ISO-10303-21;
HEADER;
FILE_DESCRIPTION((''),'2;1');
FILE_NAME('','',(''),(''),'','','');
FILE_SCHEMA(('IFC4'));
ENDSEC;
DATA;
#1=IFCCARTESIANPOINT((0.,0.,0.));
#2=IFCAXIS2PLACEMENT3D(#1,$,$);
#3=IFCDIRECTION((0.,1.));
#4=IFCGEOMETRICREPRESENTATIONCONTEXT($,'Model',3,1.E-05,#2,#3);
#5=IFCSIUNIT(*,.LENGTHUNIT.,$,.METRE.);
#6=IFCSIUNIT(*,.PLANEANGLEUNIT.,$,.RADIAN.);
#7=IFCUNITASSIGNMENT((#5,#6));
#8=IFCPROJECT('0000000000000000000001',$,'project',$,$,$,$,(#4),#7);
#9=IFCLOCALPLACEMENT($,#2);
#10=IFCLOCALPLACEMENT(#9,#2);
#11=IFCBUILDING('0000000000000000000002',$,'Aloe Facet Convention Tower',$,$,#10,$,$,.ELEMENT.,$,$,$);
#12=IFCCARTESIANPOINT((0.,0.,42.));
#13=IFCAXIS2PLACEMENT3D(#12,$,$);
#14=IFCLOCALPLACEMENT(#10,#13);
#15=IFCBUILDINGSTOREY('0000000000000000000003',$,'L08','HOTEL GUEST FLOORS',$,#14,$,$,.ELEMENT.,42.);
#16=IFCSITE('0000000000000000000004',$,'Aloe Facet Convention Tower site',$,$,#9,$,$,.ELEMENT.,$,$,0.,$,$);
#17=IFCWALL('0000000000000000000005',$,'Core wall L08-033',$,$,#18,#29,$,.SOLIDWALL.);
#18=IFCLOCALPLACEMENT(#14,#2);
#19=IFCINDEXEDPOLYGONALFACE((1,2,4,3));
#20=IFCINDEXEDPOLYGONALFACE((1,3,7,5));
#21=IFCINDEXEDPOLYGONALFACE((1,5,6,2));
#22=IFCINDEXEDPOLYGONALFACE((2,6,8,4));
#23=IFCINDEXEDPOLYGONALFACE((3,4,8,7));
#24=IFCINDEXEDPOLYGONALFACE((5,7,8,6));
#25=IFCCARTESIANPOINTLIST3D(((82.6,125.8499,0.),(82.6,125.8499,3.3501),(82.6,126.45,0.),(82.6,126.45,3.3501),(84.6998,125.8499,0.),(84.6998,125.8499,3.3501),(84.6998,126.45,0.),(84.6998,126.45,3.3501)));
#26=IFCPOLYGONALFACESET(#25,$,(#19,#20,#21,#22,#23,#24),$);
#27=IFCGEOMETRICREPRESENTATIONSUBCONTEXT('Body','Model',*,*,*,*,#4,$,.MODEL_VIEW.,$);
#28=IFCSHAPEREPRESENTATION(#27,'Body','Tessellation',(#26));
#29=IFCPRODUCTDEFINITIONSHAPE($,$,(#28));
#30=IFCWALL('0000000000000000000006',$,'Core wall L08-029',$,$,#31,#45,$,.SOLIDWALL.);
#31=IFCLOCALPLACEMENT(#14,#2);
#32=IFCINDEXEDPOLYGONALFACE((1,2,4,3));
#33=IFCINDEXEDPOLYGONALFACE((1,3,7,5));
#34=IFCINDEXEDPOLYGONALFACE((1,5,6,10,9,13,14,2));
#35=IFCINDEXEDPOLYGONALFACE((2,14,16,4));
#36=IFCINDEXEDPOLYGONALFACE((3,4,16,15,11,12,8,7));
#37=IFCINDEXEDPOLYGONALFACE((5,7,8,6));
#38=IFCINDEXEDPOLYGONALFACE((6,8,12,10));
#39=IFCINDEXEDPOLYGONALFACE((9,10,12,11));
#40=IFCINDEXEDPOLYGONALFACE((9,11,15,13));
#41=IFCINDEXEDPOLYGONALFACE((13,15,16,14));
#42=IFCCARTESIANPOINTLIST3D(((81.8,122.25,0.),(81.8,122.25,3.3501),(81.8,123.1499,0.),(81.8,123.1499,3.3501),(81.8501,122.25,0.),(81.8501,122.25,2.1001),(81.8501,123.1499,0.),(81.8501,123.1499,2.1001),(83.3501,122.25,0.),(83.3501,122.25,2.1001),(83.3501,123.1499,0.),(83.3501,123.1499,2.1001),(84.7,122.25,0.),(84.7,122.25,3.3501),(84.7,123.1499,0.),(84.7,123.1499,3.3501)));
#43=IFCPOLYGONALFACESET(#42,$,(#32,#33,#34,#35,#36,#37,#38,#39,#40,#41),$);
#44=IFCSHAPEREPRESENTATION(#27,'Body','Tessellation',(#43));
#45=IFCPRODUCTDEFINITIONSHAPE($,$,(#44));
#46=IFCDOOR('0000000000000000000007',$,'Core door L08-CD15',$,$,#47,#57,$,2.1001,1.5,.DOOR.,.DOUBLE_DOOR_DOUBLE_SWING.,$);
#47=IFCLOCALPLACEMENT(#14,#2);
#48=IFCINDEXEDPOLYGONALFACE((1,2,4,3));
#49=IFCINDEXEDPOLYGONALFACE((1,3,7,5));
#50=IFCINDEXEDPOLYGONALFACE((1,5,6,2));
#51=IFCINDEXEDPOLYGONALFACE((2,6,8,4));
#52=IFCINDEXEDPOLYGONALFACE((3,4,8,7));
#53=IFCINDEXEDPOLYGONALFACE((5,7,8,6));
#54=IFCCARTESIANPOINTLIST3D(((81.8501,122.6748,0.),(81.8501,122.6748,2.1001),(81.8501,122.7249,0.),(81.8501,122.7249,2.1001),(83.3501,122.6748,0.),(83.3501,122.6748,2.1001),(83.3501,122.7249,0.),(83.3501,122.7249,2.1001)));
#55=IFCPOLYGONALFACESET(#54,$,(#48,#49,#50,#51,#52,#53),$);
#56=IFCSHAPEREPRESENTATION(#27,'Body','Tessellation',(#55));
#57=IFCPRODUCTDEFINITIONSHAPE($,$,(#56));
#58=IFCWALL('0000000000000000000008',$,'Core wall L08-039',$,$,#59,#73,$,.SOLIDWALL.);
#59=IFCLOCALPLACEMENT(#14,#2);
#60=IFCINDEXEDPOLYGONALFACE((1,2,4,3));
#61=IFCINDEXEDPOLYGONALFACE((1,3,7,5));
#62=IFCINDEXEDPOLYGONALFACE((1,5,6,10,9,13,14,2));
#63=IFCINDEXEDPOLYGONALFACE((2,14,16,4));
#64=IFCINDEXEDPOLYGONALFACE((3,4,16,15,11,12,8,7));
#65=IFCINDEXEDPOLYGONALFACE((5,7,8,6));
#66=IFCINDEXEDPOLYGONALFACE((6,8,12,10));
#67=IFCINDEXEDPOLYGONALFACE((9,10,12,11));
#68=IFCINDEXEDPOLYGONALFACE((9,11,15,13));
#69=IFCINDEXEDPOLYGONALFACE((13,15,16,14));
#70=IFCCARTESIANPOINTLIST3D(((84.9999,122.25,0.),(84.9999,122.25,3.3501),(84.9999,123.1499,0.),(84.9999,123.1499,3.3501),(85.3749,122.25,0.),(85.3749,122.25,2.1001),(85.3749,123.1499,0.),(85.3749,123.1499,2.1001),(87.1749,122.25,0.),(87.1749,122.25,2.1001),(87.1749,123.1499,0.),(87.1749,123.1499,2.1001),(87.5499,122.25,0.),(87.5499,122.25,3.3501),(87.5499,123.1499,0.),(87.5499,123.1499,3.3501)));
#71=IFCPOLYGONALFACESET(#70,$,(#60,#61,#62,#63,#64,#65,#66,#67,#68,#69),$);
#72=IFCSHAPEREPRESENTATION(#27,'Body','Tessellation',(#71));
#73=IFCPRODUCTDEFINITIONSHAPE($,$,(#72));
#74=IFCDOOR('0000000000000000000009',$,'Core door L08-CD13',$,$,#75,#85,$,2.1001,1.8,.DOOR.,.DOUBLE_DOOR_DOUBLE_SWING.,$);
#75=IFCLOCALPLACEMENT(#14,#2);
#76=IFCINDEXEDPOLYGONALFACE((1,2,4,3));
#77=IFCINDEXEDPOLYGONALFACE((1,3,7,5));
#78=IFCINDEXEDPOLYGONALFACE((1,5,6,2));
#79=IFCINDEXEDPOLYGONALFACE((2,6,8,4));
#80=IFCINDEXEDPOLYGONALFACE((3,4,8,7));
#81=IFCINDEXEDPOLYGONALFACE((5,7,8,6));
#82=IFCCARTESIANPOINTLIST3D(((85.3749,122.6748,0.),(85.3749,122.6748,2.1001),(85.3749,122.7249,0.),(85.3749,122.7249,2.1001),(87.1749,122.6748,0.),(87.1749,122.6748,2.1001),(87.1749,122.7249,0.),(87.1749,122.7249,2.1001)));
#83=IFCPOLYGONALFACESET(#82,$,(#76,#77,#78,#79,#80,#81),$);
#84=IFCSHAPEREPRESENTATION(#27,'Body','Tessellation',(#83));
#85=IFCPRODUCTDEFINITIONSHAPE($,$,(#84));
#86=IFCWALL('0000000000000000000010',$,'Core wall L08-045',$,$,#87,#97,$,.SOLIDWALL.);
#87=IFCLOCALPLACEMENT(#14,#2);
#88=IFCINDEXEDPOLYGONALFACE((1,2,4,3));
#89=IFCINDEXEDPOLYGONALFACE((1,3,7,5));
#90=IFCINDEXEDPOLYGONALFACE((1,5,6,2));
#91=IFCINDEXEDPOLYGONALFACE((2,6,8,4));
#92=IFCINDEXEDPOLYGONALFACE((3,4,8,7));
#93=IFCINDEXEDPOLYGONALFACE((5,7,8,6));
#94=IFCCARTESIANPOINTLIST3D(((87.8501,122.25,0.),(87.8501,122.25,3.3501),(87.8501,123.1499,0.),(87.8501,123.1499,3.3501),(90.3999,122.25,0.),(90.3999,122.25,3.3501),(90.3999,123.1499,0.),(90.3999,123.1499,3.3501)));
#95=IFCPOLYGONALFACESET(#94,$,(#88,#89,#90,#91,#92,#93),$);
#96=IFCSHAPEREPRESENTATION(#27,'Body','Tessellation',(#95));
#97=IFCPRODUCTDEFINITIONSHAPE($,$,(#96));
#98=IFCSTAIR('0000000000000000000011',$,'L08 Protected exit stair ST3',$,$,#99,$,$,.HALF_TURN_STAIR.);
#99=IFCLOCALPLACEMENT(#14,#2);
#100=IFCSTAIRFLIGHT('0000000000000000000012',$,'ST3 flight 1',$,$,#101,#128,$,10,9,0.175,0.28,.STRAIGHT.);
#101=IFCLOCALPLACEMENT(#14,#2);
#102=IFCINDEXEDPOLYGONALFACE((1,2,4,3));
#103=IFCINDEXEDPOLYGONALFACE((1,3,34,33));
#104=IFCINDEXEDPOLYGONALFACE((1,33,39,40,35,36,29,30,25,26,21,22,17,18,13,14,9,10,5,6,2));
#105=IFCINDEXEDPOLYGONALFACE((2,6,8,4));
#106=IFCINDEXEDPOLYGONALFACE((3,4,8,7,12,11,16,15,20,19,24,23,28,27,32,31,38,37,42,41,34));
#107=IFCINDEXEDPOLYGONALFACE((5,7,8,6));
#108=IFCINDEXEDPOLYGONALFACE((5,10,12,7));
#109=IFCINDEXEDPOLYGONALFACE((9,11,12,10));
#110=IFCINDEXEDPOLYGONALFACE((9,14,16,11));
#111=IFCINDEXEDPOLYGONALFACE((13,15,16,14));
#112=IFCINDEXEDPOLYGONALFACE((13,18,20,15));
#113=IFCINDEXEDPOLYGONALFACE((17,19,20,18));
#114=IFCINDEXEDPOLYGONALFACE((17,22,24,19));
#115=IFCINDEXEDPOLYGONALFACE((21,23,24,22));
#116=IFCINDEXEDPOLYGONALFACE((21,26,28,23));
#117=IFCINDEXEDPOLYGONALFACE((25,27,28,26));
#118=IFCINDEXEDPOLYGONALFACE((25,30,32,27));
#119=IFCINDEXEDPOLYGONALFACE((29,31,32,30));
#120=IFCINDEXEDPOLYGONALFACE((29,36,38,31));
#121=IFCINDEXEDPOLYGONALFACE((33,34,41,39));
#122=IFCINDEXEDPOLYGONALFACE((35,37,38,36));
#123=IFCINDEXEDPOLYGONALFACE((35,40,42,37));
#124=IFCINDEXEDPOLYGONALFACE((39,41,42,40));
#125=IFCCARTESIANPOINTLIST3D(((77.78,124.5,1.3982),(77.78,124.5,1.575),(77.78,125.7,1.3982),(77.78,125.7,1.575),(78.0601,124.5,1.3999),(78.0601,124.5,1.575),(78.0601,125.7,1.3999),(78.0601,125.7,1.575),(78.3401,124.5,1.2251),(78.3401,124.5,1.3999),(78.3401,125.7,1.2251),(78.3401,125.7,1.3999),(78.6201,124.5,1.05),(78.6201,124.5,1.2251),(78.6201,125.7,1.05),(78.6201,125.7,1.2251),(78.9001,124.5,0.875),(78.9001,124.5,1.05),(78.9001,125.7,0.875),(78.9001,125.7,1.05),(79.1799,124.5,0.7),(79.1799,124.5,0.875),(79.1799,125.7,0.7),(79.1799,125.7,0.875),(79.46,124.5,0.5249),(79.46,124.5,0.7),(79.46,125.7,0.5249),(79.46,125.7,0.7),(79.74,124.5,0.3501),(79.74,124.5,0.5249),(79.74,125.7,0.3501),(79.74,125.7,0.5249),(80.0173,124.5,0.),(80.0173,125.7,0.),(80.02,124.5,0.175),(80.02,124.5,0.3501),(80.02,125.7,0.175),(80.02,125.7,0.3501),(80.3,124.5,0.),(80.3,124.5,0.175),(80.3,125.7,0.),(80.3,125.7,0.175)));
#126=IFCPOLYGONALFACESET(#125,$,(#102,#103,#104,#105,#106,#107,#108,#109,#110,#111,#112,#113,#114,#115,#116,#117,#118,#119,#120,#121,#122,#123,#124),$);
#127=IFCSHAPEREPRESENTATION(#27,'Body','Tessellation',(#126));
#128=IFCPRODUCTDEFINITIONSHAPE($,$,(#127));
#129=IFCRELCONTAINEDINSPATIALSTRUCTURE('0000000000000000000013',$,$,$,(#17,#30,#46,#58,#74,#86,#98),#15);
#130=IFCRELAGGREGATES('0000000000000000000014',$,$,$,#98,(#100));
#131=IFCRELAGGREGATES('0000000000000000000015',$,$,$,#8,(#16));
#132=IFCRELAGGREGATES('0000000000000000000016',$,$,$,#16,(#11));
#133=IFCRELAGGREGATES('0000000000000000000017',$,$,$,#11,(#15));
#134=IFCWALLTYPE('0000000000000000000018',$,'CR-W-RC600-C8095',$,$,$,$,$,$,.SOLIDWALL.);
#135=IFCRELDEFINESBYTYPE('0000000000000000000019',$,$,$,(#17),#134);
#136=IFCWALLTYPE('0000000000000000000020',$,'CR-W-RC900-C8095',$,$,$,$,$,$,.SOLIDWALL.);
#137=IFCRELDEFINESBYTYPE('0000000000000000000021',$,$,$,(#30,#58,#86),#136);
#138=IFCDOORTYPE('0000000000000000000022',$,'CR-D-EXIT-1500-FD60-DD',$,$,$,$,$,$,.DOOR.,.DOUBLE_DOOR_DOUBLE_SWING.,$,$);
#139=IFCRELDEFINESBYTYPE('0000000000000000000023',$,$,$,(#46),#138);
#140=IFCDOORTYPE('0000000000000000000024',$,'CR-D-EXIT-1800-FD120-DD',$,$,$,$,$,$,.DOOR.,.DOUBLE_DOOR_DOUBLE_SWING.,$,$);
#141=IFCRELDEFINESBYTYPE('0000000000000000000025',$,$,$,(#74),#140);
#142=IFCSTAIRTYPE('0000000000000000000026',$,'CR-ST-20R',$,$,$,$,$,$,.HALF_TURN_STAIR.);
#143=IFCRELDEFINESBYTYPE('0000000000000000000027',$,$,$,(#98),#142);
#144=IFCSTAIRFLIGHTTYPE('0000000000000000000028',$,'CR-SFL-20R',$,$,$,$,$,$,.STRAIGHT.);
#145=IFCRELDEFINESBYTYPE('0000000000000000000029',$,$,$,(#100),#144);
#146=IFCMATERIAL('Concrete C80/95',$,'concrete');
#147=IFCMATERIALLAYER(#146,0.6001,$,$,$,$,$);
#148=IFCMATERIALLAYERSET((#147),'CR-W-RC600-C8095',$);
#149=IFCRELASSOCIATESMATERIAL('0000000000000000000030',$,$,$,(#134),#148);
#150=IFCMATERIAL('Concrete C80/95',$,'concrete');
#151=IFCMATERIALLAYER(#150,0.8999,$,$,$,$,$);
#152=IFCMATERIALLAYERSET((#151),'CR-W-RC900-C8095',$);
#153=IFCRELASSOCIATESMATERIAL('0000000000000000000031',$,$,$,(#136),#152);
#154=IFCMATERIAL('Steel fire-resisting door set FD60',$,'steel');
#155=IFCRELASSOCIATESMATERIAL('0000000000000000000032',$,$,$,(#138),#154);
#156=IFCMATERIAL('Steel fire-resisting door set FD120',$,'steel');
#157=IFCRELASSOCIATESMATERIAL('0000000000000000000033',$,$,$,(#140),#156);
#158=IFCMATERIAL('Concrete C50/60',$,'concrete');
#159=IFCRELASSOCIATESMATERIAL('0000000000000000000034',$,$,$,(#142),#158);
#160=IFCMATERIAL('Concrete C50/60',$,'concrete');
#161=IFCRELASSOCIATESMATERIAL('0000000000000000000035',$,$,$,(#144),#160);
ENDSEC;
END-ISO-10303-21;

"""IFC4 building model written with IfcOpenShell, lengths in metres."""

from ifc_helpers import new_model, si_unit, direction, frame, frame_2d, origin, place, context, subcontext, project, spatial, polyline, rectangle, outline, extrude, material, layer, layer_set, type_object, element, fill, aggregate, save


model = new_model("IFC4")

# Units and contexts
model_context = context("Model", 3, precision=1e-05, world=origin(), true_north=direction((0.0, 1.0)))
body_context = subcontext(model_context, "Body", "Model", "MODEL_VIEW")
ifc_project = project(units=[si_unit("LENGTHUNIT", "METRE"), si_unit("PLANEANGLEUNIT", "RADIAN")], contexts=[model_context])

# Site, building, storey
site_placement = place(None, origin())
site = spatial("IfcSite", under=ifc_project, at=site_placement, Name="Aloe Facet Convention Tower site", CompositionType="ELEMENT", RefElevation=0.0)
building_placement = place(site_placement, origin())
building = spatial("IfcBuilding", under=site, at=building_placement, Name="Aloe Facet Convention Tower", CompositionType="ELEMENT")
storey_placement = place(building_placement, frame((0.0, 0.0, 42.0)))
storey = spatial("IfcBuildingStorey", under=building, at=storey_placement, Name="L08", Description="HOTEL GUEST FLOORS", CompositionType="ELEMENT", Elevation=42.0)

# Wall
ifc_material_1 = material(Name="Concrete C80/95", Category="concrete")
ifc_layer_1 = layer(ifc_material_1, 0.6001)
ifc_layer_set_1 = layer_set([ifc_layer_1], Name="CR-W-RC600-C8095")
wall_type_1 = type_object("IfcWallType", Name="CR-W-RC600-C8095", PredefinedType="SOLIDWALL", material=ifc_layer_set_1)
wall_1_placement = place(storey_placement, frame((82.6001, 126.1499, 0.0), z_axis=(0.0, 0.0, 1.0), x_axis=(1.0, 0.0, 0.0)))
element("IfcWall", 1, at=wall_1_placement, inside=storey, type_object=wall_type_1, Name="Core wall L08-033", PredefinedType="SOLIDWALL", context=body_context, shape_type="SweptSolid", body=[
    extrude(rectangle(XDim=2.0999, YDim=0.6001, at=frame_2d((1.0498, 0.0))), origin(), (0.0, 0.0, 1.0), 3.3501),
])

# Walls, openings, doors
ifc_material_2 = material(Name="Concrete C80/95", Category="concrete")
ifc_layer_2 = layer(ifc_material_2, 0.8999)
ifc_layer_set_2 = layer_set([ifc_layer_2], Name="CR-W-RC900-C8095")
wall_type_2 = type_object("IfcWallType", Name="CR-W-RC900-C8095", PredefinedType="SOLIDWALL", material=ifc_layer_set_2)
wall_2_placement = place(storey_placement, frame((81.8, 122.7, 0.0), z_axis=(0.0, 0.0, 1.0), x_axis=(1.0, 0.0, 0.0)))
wall_2 = element("IfcWall", 2, at=wall_2_placement, inside=storey, type_object=wall_type_2, Name="Core wall L08-029", PredefinedType="SOLIDWALL", context=body_context, shape_type="SweptSolid", body=[
    extrude(rectangle(XDim=2.8999, YDim=0.8999, at=frame_2d((1.45, 0.0))), origin(), (0.0, 0.0, 1.0), 3.3501),
])
opening_1_placement = place(wall_2_placement, frame((0.05, 0.0, 0.0)))
opening_1 = element("IfcOpeningElement", 3, at=opening_1_placement, cuts=wall_2, PredefinedType="OPENING", context=body_context, shape_type="SweptSolid", body=[
    extrude(rectangle(XDim=1.5, YDim=2.1001, at=frame_2d((0.75, 1.05))), frame((0.0, 0.46, 0.0), z_axis=(0.0, -1.0, 0.0), x_axis=(1.0, 0.0, 0.0)), (0.0, 0.0, 1.0), 0.9199),
])
ifc_material_3 = material(Name="Steel fire-resisting door set FD60", Category="steel")
door_type_1 = type_object("IfcDoorType", Name="CR-D-EXIT-1500-FD60-DD", OperationType="DOUBLE_DOOR_DOUBLE_SWING", PredefinedType="DOOR", material=ifc_material_3)
door_1_placement = place(opening_1_placement, origin())
door_1 = element("IfcDoor", 4, at=door_1_placement, inside=storey, type_object=door_type_1, Name="Core door L08-CD15", OperationType="DOUBLE_DOOR_DOUBLE_SWING", OverallHeight=2.1001, OverallWidth=1.5, PredefinedType="DOOR", context=body_context, shape_type="SweptSolid", body=[
    extrude(rectangle(XDim=1.5, YDim=2.1001, at=frame_2d((0.75, 1.05))), frame((0.0, 0.0249, 0.0), z_axis=(0.0, -1.0, 0.0), x_axis=(1.0, 0.0, 0.0)), (0.0, 0.0, 1.0), 0.05),
])
fill(opening_1, door_1)
wall_3_placement = place(storey_placement, frame((85.0, 122.7, 0.0), z_axis=(0.0, 0.0, 1.0), x_axis=(1.0, 0.0, 0.0)))
wall_3 = element("IfcWall", 5, at=wall_3_placement, inside=storey, type_object=wall_type_2, Name="Core wall L08-039", PredefinedType="SOLIDWALL", context=body_context, shape_type="SweptSolid", body=[
    extrude(rectangle(XDim=2.55, YDim=0.8999, at=frame_2d((1.2749, 0.0))), origin(), (0.0, 0.0, 1.0), 3.3501),
])
opening_2_placement = place(wall_3_placement, frame((0.375, 0.0, 0.0)))
opening_2 = element("IfcOpeningElement", 6, at=opening_2_placement, cuts=wall_3, PredefinedType="OPENING", context=body_context, shape_type="SweptSolid", body=[
    extrude(rectangle(XDim=1.8, YDim=2.1001, at=frame_2d((0.8999, 1.05))), frame((0.0, 0.46, 0.0), z_axis=(0.0, -1.0, 0.0), x_axis=(1.0, 0.0, 0.0)), (0.0, 0.0, 1.0), 0.9199),
])
ifc_material_4 = material(Name="Steel fire-resisting door set FD120", Category="steel")
door_type_2 = type_object("IfcDoorType", Name="CR-D-EXIT-1800-FD120-DD", OperationType="DOUBLE_DOOR_DOUBLE_SWING", PredefinedType="DOOR", material=ifc_material_4)
door_2_placement = place(opening_2_placement, origin())
door_2 = element("IfcDoor", 7, at=door_2_placement, inside=storey, type_object=door_type_2, Name="Core door L08-CD13", OperationType="DOUBLE_DOOR_DOUBLE_SWING", OverallHeight=2.1001, OverallWidth=1.8, PredefinedType="DOOR", context=body_context, shape_type="SweptSolid", body=[
    extrude(rectangle(XDim=1.8, YDim=2.1001, at=frame_2d((0.8999, 1.05))), frame((0.0, 0.0249, 0.0), z_axis=(0.0, -1.0, 0.0), x_axis=(1.0, 0.0, 0.0)), (0.0, 0.0, 1.0), 0.05),
])
fill(opening_2, door_2)

# Wall
wall_4_placement = place(storey_placement, frame((87.8501, 122.7, 0.0), z_axis=(0.0, 0.0, 1.0), x_axis=(1.0, 0.0, 0.0)))
element("IfcWall", 8, at=wall_4_placement, inside=storey, type_object=wall_type_2, Name="Core wall L08-045", PredefinedType="SOLIDWALL", context=body_context, shape_type="SweptSolid", body=[
    extrude(rectangle(XDim=2.5498, YDim=0.8999, at=frame_2d((1.2749, 0.0))), origin(), (0.0, 0.0, 1.0), 3.3501),
])

# Stair, stair flight
ifc_material_5 = material(Name="Concrete C50/60", Category="concrete")
stair_type = type_object("IfcStairType", Name="CR-ST-20R", PredefinedType="HALF_TURN_STAIR", material=ifc_material_5)
stair_placement = place(storey_placement, origin())
stair = element("IfcStair", 9, at=stair_placement, inside=storey, type_object=stair_type, Name="L08 Protected exit stair ST3", PredefinedType="HALF_TURN_STAIR")
ifc_material_6 = material(Name="Concrete C50/60", Category="concrete")
stair_flight_type = type_object("IfcStairFlightType", Name="CR-SFL-20R", PredefinedType="STRAIGHT", material=ifc_material_6)
stair_flight_placement = place(storey_placement, frame((80.3, 125.1001, 0.0), z_axis=(0.0, 0.0, 1.0), x_axis=(-1.0, 0.0, 0.0)))
stair_flight = element("IfcStairFlight", 10, at=stair_flight_placement, type_object=stair_flight_type, Name="ST3 flight 1", NumberOfRisers=10, NumberOfTreads=9, PredefinedType="STRAIGHT", RiserHeight=0.175, TreadLength=0.28, context=body_context, shape_type="SweptSolid", body=[
    extrude(outline(polyline([(0.0, 0.0), (0.0, 0.175), (0.28, 0.175), (0.28, 0.3501), (0.5601, 0.3501), (0.5601, 0.5249), (0.8401, 0.5249), (0.8401, 0.7), (1.1201, 0.7), (1.1201, 0.875), (1.3999, 0.875), (1.3999, 1.05), (1.6799, 1.05), (1.6799, 1.2251), (1.96, 1.2251), (1.96, 1.3999), (2.24, 1.3999), (2.24, 1.575), (2.52, 1.575), (2.52, 1.75), (2.52, 1.3982), (0.2827, 0.0), (0.0, 0.0)])), frame((0.0, 0.6001, 0.0), z_axis=(0.0, -1.0, 0.0), x_axis=(1.0, 0.0, 0.0)), (0.0, 0.0, 1.0), 1.2),
])
aggregate(stair, [stair_flight])

save(model, "model.ifc")
